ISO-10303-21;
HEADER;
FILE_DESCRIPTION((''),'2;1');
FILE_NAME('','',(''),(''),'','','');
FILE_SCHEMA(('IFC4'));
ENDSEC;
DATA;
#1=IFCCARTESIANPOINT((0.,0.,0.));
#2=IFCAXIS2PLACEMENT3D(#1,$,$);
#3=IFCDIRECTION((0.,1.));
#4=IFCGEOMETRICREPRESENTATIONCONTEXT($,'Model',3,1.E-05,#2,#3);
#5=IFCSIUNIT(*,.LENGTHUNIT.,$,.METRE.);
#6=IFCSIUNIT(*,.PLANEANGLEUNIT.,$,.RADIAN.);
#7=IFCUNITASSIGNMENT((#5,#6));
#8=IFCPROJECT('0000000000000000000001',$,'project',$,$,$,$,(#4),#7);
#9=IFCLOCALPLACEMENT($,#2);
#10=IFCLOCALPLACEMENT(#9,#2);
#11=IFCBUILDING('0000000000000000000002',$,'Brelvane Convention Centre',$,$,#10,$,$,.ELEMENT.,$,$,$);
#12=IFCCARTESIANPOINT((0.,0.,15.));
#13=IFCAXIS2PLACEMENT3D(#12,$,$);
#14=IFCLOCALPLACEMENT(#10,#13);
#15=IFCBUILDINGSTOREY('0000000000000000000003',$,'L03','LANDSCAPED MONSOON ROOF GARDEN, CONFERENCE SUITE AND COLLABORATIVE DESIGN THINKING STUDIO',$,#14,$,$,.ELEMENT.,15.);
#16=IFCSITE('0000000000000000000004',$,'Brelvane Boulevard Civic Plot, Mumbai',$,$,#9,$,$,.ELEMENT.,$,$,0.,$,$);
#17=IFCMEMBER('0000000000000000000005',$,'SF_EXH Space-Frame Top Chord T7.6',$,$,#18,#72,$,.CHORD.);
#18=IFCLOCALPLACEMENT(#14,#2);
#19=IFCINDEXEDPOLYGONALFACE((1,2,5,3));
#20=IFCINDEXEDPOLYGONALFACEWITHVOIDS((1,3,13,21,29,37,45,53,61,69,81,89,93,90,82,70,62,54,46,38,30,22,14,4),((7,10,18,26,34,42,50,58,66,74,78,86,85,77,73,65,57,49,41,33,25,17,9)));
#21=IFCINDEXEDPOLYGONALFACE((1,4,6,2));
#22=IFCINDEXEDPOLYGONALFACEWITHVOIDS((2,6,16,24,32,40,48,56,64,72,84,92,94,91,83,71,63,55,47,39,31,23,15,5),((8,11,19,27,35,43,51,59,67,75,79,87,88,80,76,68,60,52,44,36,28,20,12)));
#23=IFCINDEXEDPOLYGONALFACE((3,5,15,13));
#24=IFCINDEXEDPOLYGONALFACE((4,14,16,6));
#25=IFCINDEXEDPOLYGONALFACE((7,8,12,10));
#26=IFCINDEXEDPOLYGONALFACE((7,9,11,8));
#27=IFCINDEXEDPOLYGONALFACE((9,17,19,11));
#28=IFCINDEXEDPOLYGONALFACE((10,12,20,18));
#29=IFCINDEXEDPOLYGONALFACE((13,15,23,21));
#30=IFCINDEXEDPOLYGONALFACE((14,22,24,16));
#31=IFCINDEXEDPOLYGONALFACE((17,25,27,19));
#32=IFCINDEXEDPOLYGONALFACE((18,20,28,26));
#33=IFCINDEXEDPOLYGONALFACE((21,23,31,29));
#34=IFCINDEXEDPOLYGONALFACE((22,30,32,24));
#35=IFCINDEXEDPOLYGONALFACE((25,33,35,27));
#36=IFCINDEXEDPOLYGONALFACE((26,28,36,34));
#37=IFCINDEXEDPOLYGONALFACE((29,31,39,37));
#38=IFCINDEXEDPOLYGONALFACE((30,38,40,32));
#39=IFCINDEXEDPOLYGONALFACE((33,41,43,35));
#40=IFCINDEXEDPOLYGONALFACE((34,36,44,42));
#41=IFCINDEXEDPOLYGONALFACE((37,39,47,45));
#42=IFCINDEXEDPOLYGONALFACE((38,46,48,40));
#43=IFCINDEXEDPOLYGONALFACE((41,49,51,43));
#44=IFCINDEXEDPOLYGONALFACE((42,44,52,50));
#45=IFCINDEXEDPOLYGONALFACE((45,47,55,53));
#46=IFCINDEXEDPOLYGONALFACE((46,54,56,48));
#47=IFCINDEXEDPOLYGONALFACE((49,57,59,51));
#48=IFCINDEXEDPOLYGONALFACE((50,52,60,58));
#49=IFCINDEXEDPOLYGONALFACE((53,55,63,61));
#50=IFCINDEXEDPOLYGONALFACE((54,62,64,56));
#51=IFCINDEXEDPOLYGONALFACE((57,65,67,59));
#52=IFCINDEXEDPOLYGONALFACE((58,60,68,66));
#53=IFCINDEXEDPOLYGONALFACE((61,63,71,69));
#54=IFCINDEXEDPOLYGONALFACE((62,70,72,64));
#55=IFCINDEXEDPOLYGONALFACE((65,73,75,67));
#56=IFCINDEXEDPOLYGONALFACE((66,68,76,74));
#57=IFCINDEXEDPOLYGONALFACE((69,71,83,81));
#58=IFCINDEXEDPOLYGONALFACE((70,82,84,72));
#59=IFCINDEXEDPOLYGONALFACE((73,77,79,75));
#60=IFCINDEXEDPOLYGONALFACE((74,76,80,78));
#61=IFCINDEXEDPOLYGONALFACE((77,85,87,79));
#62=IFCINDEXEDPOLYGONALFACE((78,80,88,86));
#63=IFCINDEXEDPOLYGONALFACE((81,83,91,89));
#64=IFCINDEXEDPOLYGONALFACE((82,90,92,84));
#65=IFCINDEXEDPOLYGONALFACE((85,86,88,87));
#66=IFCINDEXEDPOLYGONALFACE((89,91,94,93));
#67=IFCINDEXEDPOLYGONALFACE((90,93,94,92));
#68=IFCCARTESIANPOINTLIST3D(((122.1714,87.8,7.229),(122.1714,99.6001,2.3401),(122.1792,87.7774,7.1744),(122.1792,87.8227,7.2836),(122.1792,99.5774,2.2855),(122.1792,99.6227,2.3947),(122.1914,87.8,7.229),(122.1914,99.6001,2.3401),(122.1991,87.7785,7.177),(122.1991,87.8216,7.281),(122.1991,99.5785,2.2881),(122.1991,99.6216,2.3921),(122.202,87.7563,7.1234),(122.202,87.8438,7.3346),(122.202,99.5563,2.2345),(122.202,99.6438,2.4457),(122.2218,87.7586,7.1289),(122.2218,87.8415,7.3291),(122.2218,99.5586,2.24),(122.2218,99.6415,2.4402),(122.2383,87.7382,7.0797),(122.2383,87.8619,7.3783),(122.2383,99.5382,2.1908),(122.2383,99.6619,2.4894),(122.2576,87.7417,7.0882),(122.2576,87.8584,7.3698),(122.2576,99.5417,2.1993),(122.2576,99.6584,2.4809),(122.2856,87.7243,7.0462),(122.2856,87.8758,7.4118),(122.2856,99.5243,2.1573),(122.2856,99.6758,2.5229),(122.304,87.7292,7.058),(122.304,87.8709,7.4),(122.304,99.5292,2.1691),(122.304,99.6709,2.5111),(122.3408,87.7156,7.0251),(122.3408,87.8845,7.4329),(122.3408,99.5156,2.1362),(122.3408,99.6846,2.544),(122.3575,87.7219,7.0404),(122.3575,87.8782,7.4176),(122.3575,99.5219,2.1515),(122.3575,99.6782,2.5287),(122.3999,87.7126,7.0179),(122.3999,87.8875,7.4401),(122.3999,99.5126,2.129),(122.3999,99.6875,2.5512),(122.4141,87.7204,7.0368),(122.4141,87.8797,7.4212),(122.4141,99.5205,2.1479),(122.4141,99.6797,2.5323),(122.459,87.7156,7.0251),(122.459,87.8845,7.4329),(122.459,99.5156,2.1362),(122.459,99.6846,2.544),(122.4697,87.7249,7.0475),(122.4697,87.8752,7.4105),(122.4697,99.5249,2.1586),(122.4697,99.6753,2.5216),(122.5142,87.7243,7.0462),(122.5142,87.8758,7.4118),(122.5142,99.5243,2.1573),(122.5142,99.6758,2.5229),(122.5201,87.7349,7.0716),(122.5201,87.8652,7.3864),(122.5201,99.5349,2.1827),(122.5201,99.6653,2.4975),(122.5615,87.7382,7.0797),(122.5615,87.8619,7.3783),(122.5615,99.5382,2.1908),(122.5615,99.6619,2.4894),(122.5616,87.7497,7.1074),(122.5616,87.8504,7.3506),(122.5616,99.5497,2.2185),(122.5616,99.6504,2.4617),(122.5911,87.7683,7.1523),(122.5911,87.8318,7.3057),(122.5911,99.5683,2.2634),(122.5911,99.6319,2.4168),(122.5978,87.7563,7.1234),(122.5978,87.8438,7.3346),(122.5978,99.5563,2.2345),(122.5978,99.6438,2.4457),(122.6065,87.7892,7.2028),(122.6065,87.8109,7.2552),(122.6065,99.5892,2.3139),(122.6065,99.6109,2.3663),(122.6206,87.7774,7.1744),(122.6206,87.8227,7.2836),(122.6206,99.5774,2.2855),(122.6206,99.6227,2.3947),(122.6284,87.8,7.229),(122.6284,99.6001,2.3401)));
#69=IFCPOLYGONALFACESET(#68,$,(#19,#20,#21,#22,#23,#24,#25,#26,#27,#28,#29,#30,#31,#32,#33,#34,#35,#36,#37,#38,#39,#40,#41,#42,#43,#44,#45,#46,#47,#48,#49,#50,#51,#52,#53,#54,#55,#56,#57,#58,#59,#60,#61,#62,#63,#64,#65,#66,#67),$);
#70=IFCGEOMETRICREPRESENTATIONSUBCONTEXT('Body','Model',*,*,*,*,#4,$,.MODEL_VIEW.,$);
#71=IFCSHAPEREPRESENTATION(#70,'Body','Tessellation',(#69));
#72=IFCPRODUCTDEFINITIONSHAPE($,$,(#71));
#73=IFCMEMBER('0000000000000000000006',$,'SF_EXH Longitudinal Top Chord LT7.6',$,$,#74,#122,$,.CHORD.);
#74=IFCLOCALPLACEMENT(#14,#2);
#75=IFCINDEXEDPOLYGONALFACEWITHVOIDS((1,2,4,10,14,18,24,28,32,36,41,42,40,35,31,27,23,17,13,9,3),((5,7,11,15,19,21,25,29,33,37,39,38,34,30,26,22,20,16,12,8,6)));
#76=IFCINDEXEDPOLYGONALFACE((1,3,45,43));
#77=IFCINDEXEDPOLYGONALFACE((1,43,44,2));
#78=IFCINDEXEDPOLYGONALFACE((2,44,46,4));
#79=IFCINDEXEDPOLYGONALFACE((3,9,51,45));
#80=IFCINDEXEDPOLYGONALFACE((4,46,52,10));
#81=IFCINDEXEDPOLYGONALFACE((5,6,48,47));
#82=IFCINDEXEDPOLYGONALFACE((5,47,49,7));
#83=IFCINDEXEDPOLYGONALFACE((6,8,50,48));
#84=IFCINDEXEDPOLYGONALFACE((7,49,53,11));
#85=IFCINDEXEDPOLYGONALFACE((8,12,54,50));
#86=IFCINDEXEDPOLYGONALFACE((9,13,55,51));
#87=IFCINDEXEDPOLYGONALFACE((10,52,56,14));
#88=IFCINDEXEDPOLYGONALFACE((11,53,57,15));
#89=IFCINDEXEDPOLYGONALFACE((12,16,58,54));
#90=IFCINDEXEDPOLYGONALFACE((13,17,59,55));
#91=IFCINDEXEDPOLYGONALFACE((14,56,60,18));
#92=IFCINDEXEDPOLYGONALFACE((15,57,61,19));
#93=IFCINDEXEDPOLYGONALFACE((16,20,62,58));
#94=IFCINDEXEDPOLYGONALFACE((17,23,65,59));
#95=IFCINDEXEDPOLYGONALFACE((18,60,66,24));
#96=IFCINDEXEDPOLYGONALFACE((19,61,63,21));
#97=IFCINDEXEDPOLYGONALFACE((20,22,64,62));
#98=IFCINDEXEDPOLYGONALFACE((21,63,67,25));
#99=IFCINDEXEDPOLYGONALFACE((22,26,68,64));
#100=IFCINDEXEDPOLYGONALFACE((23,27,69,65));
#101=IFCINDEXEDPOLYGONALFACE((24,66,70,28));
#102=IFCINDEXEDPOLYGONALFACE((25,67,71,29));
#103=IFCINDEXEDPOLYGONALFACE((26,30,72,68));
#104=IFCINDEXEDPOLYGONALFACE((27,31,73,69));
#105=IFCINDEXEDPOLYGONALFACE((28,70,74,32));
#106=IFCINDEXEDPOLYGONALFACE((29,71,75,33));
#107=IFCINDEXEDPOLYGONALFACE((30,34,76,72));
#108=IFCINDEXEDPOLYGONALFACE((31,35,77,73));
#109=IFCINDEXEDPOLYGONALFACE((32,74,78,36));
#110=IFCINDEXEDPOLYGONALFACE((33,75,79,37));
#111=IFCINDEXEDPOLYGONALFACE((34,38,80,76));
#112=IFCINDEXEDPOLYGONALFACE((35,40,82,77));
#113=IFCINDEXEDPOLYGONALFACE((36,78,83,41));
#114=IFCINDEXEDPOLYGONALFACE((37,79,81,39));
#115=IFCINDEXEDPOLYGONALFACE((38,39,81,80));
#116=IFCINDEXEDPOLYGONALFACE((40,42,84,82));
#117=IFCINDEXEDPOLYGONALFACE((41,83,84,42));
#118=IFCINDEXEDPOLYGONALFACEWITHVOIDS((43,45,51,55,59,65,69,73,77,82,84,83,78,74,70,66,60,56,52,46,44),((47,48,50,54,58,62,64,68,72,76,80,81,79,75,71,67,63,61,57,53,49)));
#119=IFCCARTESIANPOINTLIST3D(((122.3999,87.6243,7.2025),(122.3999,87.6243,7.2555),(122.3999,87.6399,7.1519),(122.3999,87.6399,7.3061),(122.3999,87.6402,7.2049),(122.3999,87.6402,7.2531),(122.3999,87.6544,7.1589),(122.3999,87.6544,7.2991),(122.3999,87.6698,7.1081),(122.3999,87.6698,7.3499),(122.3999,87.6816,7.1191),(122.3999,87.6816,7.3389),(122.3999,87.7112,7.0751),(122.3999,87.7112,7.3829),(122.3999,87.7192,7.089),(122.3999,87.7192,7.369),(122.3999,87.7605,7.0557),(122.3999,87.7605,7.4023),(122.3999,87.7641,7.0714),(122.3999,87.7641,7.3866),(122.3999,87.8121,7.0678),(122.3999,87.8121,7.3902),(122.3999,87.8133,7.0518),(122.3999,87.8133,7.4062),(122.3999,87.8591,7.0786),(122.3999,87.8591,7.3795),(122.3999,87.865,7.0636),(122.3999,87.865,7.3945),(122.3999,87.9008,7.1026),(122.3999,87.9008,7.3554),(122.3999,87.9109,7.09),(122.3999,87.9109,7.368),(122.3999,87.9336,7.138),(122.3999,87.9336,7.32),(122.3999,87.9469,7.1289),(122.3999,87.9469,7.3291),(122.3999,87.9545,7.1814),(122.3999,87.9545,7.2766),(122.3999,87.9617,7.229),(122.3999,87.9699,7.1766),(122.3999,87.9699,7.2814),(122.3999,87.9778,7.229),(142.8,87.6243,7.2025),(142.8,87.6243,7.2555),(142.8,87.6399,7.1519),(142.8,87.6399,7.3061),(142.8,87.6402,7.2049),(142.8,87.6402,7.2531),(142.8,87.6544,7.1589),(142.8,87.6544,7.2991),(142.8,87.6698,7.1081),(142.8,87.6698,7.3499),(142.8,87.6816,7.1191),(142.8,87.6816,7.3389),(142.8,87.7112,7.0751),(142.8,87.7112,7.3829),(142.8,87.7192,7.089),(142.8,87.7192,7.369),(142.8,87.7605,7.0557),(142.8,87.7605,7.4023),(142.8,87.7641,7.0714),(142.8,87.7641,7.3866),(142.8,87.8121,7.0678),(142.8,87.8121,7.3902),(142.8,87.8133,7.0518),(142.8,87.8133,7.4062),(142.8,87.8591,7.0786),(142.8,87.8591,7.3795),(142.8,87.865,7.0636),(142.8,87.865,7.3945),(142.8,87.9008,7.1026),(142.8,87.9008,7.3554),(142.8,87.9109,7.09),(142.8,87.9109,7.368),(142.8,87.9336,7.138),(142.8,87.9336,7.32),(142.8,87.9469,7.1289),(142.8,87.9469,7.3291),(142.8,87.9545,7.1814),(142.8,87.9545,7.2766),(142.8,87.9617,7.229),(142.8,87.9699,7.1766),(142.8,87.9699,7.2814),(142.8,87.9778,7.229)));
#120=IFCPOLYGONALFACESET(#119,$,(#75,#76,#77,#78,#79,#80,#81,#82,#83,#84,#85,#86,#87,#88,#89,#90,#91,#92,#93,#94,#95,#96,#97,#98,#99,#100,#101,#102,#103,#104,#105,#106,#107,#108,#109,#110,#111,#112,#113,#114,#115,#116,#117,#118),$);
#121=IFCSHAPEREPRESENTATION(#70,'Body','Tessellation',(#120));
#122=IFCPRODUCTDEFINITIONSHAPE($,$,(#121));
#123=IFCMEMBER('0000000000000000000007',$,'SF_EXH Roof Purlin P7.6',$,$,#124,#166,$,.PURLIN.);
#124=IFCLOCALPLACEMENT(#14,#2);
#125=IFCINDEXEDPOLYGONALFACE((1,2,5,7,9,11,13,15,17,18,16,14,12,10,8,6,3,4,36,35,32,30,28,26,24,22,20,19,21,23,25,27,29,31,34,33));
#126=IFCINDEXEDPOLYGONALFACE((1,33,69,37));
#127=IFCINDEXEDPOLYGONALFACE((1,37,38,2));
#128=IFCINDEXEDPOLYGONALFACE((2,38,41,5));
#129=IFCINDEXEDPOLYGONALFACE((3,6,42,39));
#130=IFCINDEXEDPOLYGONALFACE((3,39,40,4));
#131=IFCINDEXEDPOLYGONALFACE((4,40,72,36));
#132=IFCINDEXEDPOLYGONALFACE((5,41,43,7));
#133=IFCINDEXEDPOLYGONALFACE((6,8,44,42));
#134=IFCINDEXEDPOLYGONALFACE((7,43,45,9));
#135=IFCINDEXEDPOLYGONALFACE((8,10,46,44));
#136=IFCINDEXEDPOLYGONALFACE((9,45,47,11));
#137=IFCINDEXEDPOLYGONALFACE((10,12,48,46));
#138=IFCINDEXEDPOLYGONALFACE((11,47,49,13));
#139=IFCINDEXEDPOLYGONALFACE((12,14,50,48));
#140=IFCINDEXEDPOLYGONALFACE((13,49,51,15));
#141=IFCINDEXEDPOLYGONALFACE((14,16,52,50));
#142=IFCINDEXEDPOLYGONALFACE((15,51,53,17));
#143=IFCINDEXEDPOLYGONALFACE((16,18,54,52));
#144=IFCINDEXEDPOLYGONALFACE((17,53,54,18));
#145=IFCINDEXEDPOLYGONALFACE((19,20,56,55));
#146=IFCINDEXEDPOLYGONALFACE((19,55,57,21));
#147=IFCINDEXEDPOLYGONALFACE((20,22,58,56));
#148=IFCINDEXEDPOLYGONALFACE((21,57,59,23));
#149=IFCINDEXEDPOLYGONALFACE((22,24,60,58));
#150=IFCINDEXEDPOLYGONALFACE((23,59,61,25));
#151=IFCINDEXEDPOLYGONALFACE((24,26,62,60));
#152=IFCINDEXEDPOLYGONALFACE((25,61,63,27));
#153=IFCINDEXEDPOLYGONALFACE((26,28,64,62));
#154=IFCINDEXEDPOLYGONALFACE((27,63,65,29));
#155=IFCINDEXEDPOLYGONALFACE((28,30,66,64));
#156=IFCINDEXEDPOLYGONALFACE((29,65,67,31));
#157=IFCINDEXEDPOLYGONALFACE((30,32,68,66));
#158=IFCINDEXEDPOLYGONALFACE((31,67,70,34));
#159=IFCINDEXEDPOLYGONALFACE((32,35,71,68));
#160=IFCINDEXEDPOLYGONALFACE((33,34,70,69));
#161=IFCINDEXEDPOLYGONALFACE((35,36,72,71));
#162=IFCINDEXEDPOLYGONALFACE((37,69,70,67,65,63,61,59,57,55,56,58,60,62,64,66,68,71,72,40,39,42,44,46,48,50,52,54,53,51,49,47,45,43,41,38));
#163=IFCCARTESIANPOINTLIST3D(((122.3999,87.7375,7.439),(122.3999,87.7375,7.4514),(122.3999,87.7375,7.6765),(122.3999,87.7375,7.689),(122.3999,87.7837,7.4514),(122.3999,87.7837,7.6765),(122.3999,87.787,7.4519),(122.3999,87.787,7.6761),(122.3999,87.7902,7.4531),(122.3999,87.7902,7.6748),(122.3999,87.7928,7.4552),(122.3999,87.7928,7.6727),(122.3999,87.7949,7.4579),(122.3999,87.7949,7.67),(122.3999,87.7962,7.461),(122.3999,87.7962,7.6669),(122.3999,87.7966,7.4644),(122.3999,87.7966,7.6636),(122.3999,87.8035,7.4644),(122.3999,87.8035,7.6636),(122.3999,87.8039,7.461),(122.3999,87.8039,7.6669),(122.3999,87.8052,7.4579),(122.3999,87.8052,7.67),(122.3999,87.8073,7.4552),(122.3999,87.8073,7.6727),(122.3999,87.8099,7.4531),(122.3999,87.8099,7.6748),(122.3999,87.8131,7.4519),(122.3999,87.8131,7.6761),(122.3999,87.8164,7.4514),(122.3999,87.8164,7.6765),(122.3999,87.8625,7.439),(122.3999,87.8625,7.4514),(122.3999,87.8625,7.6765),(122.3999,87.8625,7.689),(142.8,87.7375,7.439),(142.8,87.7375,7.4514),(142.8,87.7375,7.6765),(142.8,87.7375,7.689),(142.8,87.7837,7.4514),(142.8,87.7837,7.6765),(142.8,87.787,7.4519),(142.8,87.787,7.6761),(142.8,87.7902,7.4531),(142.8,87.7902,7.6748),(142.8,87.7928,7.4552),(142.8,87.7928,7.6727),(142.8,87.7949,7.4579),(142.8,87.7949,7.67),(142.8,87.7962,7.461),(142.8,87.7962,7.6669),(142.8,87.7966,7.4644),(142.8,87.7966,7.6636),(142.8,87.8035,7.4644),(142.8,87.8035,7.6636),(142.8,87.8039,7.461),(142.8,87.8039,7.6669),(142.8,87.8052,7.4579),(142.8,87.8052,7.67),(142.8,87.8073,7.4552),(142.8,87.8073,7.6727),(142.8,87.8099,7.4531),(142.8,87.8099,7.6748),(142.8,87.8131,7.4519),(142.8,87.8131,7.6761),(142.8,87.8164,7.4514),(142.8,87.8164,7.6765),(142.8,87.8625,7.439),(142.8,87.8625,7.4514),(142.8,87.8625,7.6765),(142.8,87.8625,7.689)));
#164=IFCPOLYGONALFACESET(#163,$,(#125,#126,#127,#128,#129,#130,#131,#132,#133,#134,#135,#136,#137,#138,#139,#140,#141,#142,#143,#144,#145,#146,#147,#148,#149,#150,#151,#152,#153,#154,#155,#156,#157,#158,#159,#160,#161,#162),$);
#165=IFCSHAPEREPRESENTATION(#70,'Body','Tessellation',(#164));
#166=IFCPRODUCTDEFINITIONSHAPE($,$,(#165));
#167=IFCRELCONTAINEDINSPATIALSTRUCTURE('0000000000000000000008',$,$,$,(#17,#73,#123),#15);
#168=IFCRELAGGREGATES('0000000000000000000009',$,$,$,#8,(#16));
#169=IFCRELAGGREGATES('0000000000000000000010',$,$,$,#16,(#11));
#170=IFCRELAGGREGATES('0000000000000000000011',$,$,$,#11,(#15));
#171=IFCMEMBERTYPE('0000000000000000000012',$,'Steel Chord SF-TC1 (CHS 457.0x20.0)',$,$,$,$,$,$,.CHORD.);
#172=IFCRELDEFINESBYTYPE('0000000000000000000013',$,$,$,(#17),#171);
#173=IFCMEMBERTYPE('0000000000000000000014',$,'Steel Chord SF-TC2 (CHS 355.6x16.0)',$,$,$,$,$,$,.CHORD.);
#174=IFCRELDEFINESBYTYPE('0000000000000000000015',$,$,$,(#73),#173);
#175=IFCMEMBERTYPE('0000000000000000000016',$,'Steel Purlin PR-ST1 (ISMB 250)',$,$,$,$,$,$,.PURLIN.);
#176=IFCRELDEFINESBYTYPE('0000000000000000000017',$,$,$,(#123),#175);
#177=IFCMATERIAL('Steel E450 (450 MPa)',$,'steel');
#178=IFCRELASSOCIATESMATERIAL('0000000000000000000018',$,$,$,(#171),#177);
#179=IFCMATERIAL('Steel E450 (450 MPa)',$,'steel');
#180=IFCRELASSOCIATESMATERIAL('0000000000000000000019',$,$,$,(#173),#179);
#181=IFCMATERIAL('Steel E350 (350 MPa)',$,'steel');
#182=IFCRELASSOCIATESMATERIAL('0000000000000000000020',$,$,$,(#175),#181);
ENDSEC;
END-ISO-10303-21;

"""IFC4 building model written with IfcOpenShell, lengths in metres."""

from ifc_helpers import new_model, si_unit, direction, frame, origin, origin_2d, place, context, subcontext, project, spatial, hollow_circle, i_section, extrude, material, material_profile, profile_set, type_object, element, save


model = new_model("IFC4")

# Units and contexts
model_context = context("Model", 3, precision=1e-05, world=origin(), true_north=direction((0.0, 1.0)))
body_context = subcontext(model_context, "Body", "Model", "MODEL_VIEW")
ifc_project = project(units=[si_unit("LENGTHUNIT", "METRE"), si_unit("PLANEANGLEUNIT", "RADIAN")], contexts=[model_context])

# Site, building, storey
site_placement = place(None, origin())
site = spatial("IfcSite", under=ifc_project, at=site_placement, Name="Brelvane Boulevard Civic Plot, Mumbai", CompositionType="ELEMENT", RefElevation=0.0)
building_placement = place(site_placement, origin())
building = spatial("IfcBuilding", under=site, at=building_placement, Name="Brelvane Convention Centre", CompositionType="ELEMENT")
storey_placement = place(building_placement, frame((0.0, 0.0, 15.0)))
storey = spatial("IfcBuildingStorey", under=building, at=storey_placement, Name="L03", Description="LANDSCAPED MONSOON ROOF GARDEN, CONFERENCE SUITE AND COLLABORATIVE DESIGN THINKING STUDIO", CompositionType="ELEMENT", Elevation=15.0)

# Members
ifc_material_1 = material(Name="Steel E450 (450 MPa)", Category="steel")
ifc_material_profile_1 = material_profile(ifc_material_1, hollow_circle(Radius=0.2285, WallThickness=0.02, at=origin_2d()), Name="CHS 457.0x20.0")
ifc_profile_set_1 = profile_set([ifc_material_profile_1], Name="Steel E450 (450 MPa)")
member_type_1 = type_object("IfcMemberType", Name="Steel Chord SF-TC1 (CHS 457.0x20.0)", PredefinedType="CHORD", material=ifc_profile_set_1)
member_1_placement = place(storey_placement, frame((122.3999, 87.8, 7.229), z_axis=(0.0, 0.923847, -0.382762), x_axis=(-1.0, 0.0, 0.0)))
element("IfcMember", 1, at=member_1_placement, inside=storey, type_object=member_type_1, Name="SF_EXH Space-Frame Top Chord T7.6", PredefinedType="CHORD", context=body_context, shape_type="SweptSolid", body=[
    extrude(hollow_circle(Radius=0.2285, WallThickness=0.02, at=origin_2d()), origin(), (0.0, 0.0, 1.0), 12.7727),
])
ifc_material_2 = material(Name="Steel E450 (450 MPa)", Category="steel")
ifc_material_profile_2 = material_profile(ifc_material_2, hollow_circle(Radius=0.1777, WallThickness=0.0161, at=origin_2d()), Name="CHS 355.6x16.0")
ifc_profile_set_2 = profile_set([ifc_material_profile_2], Name="Steel E450 (450 MPa)")
member_type_2 = type_object("IfcMemberType", Name="Steel Chord SF-TC2 (CHS 355.6x16.0)", PredefinedType="CHORD", material=ifc_profile_set_2)
member_2_placement = place(storey_placement, frame((122.3999, 87.8, 7.229), z_axis=(1.0, 0.0, 0.0), x_axis=(0.0, 1.0, 0.0)))
element("IfcMember", 2, at=member_2_placement, inside=storey, type_object=member_type_2, Name="SF_EXH Longitudinal Top Chord LT7.6", PredefinedType="CHORD", context=body_context, shape_type="SweptSolid", body=[
    extrude(hollow_circle(Radius=0.1777, WallThickness=0.0161, at=origin_2d()), origin(), (0.0, 0.0, 1.0), 20.4001),
])
ifc_material_3 = material(Name="Steel E350 (350 MPa)", Category="steel")
ifc_material_profile_3 = material_profile(ifc_material_3, i_section(OverallWidth=0.125, OverallDepth=0.25, WebThickness=0.0068, FlangeThickness=0.0125, FilletRadius=0.0129, at=origin_2d()), Name="ISMB 250")
ifc_profile_set_3 = profile_set([ifc_material_profile_3], Name="Steel E350 (350 MPa)")
member_type_3 = type_object("IfcMemberType", Name="Steel Purlin PR-ST1 (ISMB 250)", PredefinedType="PURLIN", material=ifc_profile_set_3)
member_3_placement = place(storey_placement, frame((122.3999, 87.8, 7.564), z_axis=(1.0, 0.0, 0.0), x_axis=(0.0, 1.0, 0.0)))
element("IfcMember", 3, at=member_3_placement, inside=storey, type_object=member_type_3, Name="SF_EXH Roof Purlin P7.6", PredefinedType="PURLIN", context=body_context, shape_type="SweptSolid", body=[
    extrude(i_section(OverallWidth=0.125, OverallDepth=0.25, WebThickness=0.0068, FlangeThickness=0.0125, FilletRadius=0.0129, at=origin_2d()), origin(), (0.0, 0.0, 1.0), 20.4001),
])

save(model, "model.ifc")
